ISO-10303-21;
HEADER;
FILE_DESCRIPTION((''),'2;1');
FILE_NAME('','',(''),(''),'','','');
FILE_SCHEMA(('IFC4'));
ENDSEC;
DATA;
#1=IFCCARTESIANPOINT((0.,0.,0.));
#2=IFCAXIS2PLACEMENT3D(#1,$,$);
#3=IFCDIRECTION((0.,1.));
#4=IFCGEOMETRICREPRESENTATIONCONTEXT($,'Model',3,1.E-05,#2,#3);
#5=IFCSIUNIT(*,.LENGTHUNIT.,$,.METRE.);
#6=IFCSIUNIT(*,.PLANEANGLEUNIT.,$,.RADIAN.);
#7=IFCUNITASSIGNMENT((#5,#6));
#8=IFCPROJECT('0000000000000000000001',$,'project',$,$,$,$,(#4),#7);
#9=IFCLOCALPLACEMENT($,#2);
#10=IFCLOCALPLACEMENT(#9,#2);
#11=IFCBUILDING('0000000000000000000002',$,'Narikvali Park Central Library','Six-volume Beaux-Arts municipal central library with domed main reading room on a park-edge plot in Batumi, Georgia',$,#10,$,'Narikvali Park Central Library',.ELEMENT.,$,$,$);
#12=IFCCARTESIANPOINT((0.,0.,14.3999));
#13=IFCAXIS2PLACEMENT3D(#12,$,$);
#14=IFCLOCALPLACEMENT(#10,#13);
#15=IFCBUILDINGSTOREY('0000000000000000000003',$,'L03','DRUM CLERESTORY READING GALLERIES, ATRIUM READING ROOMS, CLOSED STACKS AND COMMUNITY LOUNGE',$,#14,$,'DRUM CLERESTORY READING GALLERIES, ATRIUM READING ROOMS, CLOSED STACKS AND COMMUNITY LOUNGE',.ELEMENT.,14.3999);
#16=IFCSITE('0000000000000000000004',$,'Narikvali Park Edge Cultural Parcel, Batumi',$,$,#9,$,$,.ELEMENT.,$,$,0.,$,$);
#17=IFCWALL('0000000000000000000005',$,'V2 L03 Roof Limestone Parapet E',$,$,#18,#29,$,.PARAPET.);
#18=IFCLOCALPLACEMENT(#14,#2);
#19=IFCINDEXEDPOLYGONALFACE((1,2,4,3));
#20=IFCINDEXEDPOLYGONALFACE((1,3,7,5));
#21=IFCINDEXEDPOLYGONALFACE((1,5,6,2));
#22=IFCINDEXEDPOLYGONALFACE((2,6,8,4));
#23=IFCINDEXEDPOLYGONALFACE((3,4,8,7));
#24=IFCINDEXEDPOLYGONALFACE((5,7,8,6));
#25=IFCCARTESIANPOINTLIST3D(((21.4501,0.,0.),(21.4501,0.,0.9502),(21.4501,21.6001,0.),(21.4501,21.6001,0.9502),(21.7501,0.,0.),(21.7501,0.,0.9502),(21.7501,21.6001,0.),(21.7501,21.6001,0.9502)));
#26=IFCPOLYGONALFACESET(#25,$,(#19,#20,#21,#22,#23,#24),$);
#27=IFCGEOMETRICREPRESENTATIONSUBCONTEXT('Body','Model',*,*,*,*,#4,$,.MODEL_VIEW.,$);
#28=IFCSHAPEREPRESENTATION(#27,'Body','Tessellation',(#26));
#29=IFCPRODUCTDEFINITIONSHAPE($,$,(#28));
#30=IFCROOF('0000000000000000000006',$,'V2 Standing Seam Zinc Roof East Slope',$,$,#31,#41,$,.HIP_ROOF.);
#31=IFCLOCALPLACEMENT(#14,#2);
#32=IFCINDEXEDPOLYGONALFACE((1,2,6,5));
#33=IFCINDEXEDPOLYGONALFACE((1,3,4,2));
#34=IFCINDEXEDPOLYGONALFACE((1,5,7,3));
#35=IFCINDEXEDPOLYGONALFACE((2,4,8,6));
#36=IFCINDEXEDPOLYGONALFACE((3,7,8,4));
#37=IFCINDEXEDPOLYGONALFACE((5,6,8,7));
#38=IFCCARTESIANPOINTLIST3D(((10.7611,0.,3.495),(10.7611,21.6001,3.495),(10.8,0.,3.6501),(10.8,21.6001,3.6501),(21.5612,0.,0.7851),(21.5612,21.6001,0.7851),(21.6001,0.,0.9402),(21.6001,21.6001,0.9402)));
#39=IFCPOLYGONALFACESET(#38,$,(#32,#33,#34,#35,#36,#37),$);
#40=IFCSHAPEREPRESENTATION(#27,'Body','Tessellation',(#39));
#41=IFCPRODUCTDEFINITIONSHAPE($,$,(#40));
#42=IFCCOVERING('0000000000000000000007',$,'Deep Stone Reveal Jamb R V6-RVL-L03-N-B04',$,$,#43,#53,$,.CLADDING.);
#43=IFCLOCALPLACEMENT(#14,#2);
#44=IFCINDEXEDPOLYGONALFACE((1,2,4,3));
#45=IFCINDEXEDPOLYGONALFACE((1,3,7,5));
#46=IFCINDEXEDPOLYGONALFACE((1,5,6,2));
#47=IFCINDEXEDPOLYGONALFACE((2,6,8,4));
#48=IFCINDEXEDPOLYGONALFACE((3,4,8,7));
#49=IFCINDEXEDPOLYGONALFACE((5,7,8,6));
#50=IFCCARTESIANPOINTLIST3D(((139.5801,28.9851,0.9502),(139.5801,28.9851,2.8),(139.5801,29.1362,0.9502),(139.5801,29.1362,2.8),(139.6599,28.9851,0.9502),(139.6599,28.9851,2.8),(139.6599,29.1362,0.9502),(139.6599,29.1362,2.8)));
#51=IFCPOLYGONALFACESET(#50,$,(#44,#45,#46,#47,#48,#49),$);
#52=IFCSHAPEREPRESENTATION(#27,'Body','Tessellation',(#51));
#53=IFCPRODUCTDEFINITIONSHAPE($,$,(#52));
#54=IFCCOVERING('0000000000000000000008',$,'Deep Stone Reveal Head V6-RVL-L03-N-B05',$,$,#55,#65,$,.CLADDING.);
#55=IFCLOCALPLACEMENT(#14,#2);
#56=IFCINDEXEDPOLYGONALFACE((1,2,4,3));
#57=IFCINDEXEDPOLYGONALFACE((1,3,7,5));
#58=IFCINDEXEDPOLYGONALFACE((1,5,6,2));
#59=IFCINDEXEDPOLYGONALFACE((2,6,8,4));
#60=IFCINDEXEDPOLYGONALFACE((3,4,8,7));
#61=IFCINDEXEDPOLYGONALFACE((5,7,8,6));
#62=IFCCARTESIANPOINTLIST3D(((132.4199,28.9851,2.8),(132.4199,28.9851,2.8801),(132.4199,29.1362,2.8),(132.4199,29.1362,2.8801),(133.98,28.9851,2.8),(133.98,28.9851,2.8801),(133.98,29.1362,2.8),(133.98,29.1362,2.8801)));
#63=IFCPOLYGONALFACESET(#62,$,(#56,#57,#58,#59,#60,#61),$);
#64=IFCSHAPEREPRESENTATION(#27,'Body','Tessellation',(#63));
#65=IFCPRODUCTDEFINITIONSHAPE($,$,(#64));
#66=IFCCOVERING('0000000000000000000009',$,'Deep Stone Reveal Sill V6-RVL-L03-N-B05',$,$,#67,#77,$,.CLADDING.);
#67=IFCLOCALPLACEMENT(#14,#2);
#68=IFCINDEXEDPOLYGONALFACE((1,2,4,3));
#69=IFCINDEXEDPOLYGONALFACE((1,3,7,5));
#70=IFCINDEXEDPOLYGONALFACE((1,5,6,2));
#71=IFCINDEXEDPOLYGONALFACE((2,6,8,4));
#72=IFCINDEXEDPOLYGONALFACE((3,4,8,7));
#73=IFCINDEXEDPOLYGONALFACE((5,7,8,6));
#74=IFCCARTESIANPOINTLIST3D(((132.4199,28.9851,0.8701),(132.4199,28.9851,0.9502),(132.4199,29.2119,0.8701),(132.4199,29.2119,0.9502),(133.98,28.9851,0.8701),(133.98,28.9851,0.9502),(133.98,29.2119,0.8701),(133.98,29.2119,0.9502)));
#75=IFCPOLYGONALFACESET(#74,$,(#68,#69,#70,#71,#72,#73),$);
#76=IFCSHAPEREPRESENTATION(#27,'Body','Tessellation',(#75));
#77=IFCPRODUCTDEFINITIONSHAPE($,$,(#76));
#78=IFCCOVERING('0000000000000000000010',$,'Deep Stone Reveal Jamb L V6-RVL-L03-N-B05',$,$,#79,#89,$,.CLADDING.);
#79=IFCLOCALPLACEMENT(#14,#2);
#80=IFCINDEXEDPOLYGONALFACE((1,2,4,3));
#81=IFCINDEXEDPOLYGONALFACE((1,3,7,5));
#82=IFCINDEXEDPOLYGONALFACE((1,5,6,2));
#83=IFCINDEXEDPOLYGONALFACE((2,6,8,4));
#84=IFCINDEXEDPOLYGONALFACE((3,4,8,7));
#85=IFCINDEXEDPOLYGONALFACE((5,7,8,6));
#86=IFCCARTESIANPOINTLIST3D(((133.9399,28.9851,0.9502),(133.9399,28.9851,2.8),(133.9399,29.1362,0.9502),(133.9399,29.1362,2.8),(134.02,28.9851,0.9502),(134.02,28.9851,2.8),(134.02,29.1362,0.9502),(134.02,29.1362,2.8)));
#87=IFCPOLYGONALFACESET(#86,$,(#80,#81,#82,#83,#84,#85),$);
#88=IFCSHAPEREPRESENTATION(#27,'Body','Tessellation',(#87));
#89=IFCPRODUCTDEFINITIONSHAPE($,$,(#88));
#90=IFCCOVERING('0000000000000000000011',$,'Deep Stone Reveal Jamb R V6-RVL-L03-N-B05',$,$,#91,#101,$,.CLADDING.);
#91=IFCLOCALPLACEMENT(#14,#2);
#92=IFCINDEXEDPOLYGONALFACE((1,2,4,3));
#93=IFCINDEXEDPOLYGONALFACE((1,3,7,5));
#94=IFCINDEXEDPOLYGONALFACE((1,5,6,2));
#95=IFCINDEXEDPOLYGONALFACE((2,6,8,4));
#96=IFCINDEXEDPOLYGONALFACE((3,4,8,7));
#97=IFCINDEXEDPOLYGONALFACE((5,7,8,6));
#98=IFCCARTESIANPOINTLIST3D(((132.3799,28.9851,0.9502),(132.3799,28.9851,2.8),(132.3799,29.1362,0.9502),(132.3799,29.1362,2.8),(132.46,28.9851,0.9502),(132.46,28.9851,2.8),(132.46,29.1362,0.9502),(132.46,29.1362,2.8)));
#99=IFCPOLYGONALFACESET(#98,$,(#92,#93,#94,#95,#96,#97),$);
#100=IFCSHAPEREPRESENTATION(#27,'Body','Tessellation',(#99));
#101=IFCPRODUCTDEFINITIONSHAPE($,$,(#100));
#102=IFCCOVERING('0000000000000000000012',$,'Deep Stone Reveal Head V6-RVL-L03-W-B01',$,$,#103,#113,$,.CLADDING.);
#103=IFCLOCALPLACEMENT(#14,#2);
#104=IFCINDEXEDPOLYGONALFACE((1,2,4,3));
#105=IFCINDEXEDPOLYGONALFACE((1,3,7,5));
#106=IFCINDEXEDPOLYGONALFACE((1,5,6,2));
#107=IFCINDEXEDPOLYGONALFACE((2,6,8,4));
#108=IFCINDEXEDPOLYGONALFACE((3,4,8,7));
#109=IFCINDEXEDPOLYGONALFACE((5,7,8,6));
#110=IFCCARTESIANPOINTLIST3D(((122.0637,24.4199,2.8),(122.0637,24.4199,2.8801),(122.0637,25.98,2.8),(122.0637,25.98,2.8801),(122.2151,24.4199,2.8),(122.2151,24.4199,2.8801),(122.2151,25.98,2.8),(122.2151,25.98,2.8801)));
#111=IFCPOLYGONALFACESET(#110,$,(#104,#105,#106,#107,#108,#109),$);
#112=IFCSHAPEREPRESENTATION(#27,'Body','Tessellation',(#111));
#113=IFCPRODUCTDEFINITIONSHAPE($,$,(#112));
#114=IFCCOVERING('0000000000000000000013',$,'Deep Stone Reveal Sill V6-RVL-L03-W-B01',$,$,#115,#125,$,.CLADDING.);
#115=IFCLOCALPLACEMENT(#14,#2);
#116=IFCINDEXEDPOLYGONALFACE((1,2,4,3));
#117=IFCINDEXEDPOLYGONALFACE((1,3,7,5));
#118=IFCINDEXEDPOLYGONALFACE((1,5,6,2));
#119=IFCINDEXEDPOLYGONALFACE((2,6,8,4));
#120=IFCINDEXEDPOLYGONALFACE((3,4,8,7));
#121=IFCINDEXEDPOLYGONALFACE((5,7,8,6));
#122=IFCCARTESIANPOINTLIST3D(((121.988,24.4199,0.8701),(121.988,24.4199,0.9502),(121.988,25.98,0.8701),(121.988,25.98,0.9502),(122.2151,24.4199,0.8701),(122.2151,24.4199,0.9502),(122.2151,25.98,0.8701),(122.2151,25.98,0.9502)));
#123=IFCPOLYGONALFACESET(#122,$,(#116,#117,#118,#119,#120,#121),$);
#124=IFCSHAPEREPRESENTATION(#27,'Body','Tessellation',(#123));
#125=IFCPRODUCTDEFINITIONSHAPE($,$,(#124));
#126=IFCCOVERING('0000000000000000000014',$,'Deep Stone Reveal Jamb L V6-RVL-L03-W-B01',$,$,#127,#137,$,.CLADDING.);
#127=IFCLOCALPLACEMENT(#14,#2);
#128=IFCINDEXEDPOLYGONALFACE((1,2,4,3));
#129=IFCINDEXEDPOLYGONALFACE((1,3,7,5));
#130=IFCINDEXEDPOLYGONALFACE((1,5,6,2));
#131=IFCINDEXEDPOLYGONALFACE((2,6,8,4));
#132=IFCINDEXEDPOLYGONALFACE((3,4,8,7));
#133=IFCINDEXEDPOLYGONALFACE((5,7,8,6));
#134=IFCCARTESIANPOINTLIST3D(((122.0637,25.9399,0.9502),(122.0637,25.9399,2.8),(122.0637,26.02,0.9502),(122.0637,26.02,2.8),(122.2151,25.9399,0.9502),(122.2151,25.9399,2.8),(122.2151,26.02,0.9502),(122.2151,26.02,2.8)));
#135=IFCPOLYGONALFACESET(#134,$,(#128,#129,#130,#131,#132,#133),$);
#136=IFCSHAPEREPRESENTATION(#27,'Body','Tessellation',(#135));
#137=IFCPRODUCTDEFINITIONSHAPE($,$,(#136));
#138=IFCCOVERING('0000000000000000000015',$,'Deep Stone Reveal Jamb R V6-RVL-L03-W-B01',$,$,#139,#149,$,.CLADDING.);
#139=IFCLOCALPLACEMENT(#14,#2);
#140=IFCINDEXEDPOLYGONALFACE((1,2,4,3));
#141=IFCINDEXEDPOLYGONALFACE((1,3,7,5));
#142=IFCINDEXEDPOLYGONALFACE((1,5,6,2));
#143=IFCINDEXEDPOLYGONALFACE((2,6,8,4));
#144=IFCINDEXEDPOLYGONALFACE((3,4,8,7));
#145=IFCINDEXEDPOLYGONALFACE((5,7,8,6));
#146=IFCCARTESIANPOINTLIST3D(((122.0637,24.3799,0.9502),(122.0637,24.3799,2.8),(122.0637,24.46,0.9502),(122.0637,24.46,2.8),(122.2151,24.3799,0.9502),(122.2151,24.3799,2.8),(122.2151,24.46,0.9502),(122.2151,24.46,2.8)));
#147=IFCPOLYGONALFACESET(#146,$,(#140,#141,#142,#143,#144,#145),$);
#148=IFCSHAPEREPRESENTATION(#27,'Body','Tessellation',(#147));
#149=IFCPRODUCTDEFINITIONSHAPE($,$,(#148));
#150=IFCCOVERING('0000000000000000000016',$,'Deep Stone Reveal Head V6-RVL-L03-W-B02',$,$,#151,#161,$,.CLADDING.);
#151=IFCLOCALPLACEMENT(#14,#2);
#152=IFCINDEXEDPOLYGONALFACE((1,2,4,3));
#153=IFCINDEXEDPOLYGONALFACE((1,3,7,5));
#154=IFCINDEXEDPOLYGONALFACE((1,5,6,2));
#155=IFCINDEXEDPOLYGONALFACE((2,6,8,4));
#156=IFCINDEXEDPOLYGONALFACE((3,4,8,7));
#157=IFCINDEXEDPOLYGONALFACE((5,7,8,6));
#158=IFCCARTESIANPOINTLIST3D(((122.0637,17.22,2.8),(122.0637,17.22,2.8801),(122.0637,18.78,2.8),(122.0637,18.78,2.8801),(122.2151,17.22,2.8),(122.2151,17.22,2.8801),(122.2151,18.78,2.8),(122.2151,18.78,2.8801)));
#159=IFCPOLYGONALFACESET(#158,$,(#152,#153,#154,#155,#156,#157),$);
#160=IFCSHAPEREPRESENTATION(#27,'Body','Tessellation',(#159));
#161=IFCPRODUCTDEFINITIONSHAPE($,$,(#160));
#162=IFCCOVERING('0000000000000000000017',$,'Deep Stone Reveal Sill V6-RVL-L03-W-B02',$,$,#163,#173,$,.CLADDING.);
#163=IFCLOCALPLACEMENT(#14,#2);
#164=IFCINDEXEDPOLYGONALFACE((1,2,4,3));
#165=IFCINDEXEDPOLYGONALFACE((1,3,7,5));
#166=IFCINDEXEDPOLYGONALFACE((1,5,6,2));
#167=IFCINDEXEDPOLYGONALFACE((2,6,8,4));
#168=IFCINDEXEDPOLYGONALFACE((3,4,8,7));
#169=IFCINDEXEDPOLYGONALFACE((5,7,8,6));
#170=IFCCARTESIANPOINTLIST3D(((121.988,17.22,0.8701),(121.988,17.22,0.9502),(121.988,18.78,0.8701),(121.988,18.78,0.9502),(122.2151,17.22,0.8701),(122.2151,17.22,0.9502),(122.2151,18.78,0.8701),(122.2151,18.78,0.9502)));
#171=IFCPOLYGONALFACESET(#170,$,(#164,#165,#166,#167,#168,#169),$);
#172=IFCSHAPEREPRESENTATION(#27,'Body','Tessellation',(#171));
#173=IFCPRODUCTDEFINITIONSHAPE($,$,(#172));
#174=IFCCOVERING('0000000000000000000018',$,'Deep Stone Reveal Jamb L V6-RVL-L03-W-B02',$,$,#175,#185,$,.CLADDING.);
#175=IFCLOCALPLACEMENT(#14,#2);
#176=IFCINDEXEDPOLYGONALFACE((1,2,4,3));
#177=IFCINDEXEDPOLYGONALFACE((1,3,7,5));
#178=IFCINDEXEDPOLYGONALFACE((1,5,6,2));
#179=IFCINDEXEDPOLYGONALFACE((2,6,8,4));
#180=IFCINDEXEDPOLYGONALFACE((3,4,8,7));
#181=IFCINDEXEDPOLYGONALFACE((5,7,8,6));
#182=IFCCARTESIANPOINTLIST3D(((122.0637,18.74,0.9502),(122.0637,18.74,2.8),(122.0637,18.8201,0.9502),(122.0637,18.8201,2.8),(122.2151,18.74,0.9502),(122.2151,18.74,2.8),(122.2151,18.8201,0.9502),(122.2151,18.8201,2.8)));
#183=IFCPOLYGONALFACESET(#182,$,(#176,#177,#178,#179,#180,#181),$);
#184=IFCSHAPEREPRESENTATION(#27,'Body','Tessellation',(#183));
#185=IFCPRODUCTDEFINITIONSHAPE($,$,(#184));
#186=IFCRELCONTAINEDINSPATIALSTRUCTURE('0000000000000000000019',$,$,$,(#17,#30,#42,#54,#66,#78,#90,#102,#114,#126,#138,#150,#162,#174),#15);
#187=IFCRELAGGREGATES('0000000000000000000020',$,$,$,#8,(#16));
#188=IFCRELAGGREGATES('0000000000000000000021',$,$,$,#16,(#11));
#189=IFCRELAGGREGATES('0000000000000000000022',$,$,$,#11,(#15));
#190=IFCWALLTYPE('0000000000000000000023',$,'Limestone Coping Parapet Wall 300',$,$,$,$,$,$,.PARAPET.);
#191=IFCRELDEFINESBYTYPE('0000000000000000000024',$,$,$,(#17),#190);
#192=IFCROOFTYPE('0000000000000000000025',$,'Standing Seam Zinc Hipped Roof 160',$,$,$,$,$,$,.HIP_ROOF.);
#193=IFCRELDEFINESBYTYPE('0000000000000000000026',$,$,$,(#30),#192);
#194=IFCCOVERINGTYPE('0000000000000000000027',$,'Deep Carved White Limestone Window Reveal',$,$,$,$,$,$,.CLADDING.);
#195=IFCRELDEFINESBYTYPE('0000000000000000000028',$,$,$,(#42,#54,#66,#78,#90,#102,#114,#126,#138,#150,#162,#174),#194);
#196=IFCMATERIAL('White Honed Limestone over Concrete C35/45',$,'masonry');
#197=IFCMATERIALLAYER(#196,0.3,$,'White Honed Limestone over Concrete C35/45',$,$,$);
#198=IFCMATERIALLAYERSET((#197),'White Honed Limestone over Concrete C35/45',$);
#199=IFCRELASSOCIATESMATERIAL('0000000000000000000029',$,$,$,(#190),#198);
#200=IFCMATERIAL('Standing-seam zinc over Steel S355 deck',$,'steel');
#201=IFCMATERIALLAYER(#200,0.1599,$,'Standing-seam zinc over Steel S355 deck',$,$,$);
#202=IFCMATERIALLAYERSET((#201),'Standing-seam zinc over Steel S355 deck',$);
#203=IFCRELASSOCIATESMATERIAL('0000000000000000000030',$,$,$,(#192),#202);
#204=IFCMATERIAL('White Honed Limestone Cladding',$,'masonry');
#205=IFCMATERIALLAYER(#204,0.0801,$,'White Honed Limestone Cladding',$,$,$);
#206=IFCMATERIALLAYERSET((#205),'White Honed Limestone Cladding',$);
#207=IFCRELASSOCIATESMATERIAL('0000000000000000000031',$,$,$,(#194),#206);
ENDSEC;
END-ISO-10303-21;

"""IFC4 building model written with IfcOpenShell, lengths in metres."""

from ifc_helpers import new_model, si_unit, direction, frame, frame_2d, origin, place, context, subcontext, project, spatial, polyline, rectangle, outline, extrude, material, layer, layer_set, type_object, element, save


model = new_model("IFC4")

# Units and contexts
model_context = context("Model", 3, precision=1e-05, world=origin(), true_north=direction((0.0, 1.0)))
body_context = subcontext(model_context, "Body", "Model", "MODEL_VIEW")
ifc_project = project(units=[si_unit("LENGTHUNIT", "METRE"), si_unit("PLANEANGLEUNIT", "RADIAN")], contexts=[model_context])

# Site, building, storey
site_placement = place(None, origin())
site = spatial("IfcSite", under=ifc_project, at=site_placement, Name="Narikvali Park Edge Cultural Parcel, Batumi", CompositionType="ELEMENT", RefElevation=0.0)
building_placement = place(site_placement, origin())
building = spatial("IfcBuilding", under=site, at=building_placement, Name="Narikvali Park Central Library", Description="Six-volume Beaux-Arts municipal central library with domed main reading room on a park-edge plot in Batumi, Georgia", LongName="Narikvali Park Central Library", CompositionType="ELEMENT")
storey_placement = place(building_placement, frame((0.0, 0.0, 14.3999)))
storey = spatial("IfcBuildingStorey", under=building, at=storey_placement, Name="L03", Description="DRUM CLERESTORY READING GALLERIES, ATRIUM READING ROOMS, CLOSED STACKS AND COMMUNITY LOUNGE", LongName="DRUM CLERESTORY READING GALLERIES, ATRIUM READING ROOMS, CLOSED STACKS AND COMMUNITY LOUNGE", CompositionType="ELEMENT", Elevation=14.3999)

# Wall
ifc_material_1 = material(Name="White Honed Limestone over Concrete C35/45", Category="masonry")
ifc_layer_1 = layer(ifc_material_1, 0.3, Name="White Honed Limestone over Concrete C35/45")
ifc_layer_set_1 = layer_set([ifc_layer_1], Name="White Honed Limestone over Concrete C35/45")
wall_type = type_object("IfcWallType", Name="Limestone Coping Parapet Wall 300", PredefinedType="PARAPET", material=ifc_layer_set_1)
wall_placement = place(storey_placement, frame((21.6001, 0.0, 0.0), z_axis=(0.0, 0.0, 1.0), x_axis=(0.0, 1.0, 0.0)))
element("IfcWall", 1, at=wall_placement, inside=storey, type_object=wall_type, Name="V2 L03 Roof Limestone Parapet E", PredefinedType="PARAPET", context=body_context, shape_type="SweptSolid", body=[
    extrude(rectangle(XDim=21.6001, YDim=0.3, at=frame_2d((10.8, 0.0))), origin(), (0.0, 0.0, 1.0), 0.9502),
])

# Roof
ifc_material_2 = material(Name="Standing-seam zinc over Steel S355 deck", Category="steel")
ifc_layer_2 = layer(ifc_material_2, 0.1599, Name="Standing-seam zinc over Steel S355 deck")
ifc_layer_set_2 = layer_set([ifc_layer_2], Name="Standing-seam zinc over Steel S355 deck")
roof_type = type_object("IfcRoofType", Name="Standing Seam Zinc Hipped Roof 160", PredefinedType="HIP_ROOF", material=ifc_layer_set_2)
roof_placement = place(storey_placement, frame((10.8, 0.0, 3.6501), z_axis=(0.243376, 0.0, 0.969932), x_axis=(0.969932, 0.0, -0.243376)))
element("IfcRoof", 2, at=roof_placement, inside=storey, type_object=roof_type, Name="V2 Standing Seam Zinc Roof East Slope", PredefinedType="HIP_ROOF", context=body_context, shape_type="SweptSolid", body=[
    extrude(outline(polyline([(0.0, 0.0), (11.1349, 0.0), (11.1349, 21.6001), (0.0, 21.6001), (0.0, 0.0)])), origin(), (0.0, 0.0, -1.0), 0.1599),
])

# Coverings
ifc_material_3 = material(Name="White Honed Limestone Cladding", Category="masonry")
ifc_layer_3 = layer(ifc_material_3, 0.0801, Name="White Honed Limestone Cladding")
ifc_layer_set_3 = layer_set([ifc_layer_3], Name="White Honed Limestone Cladding")
covering_type = type_object("IfcCoveringType", Name="Deep Carved White Limestone Window Reveal", PredefinedType="CLADDING", material=ifc_layer_set_3)
covering_1_placement = place(storey_placement, frame((0.0, 0.0, 0.9502)))
element("IfcCovering", 3, at=covering_1_placement, inside=storey, type_object=covering_type, Name="Deep Stone Reveal Jamb R V6-RVL-L03-N-B04", PredefinedType="CLADDING", context=body_context, shape_type="SweptSolid", body=[
    extrude(outline(polyline([(139.6599, 28.9851), (139.5801, 28.9851), (139.5801, 29.1362), (139.6599, 29.1362), (139.6599, 28.9851)])), origin(), (0.0, 0.0, 1.0), 1.8499),
])
covering_2_placement = place(storey_placement, frame((0.0, 0.0, 2.8)))
element("IfcCovering", 4, at=covering_2_placement, inside=storey, type_object=covering_type, Name="Deep Stone Reveal Head V6-RVL-L03-N-B05", PredefinedType="CLADDING", context=body_context, shape_type="SweptSolid", body=[
    extrude(outline(polyline([(133.98, 28.9851), (132.4199, 28.9851), (132.4199, 29.1362), (133.98, 29.1362), (133.98, 28.9851)])), origin(), (0.0, 0.0, 1.0), 0.0801),
])
covering_3_placement = place(storey_placement, frame((0.0, 0.0, 0.8701)))
element("IfcCovering", 5, at=covering_3_placement, inside=storey, type_object=covering_type, Name="Deep Stone Reveal Sill V6-RVL-L03-N-B05", PredefinedType="CLADDING", context=body_context, shape_type="SweptSolid", body=[
    extrude(outline(polyline([(133.98, 28.9851), (132.4199, 28.9851), (132.4199, 29.2119), (133.98, 29.2119), (133.98, 28.9851)])), origin(), (0.0, 0.0, 1.0), 0.0801),
])
covering_4_placement = place(storey_placement, frame((0.0, 0.0, 0.9502)))
element("IfcCovering", 6, at=covering_4_placement, inside=storey, type_object=covering_type, Name="Deep Stone Reveal Jamb L V6-RVL-L03-N-B05", PredefinedType="CLADDING", context=body_context, shape_type="SweptSolid", body=[
    extrude(outline(polyline([(134.02, 28.9851), (133.9399, 28.9851), (133.9399, 29.1362), (134.02, 29.1362), (134.02, 28.9851)])), origin(), (0.0, 0.0, 1.0), 1.8499),
])
covering_5_placement = place(storey_placement, frame((0.0, 0.0, 0.9502)))
element("IfcCovering", 7, at=covering_5_placement, inside=storey, type_object=covering_type, Name="Deep Stone Reveal Jamb R V6-RVL-L03-N-B05", PredefinedType="CLADDING", context=body_context, shape_type="SweptSolid", body=[
    extrude(outline(polyline([(132.46, 28.9851), (132.3799, 28.9851), (132.3799, 29.1362), (132.46, 29.1362), (132.46, 28.9851)])), origin(), (0.0, 0.0, 1.0), 1.8499),
])
covering_6_placement = place(storey_placement, frame((0.0, 0.0, 2.8)))
element("IfcCovering", 8, at=covering_6_placement, inside=storey, type_object=covering_type, Name="Deep Stone Reveal Head V6-RVL-L03-W-B01", PredefinedType="CLADDING", context=body_context, shape_type="SweptSolid", body=[
    extrude(outline(polyline([(122.2151, 25.98), (122.2151, 24.4199), (122.0637, 24.4199), (122.0637, 25.98), (122.2151, 25.98)])), origin(), (0.0, 0.0, 1.0), 0.0801),
])
covering_7_placement = place(storey_placement, frame((0.0, 0.0, 0.8701)))
element("IfcCovering", 9, at=covering_7_placement, inside=storey, type_object=covering_type, Name="Deep Stone Reveal Sill V6-RVL-L03-W-B01", PredefinedType="CLADDING", context=body_context, shape_type="SweptSolid", body=[
    extrude(outline(polyline([(122.2151, 25.98), (122.2151, 24.4199), (121.988, 24.4199), (121.988, 25.98), (122.2151, 25.98)])), origin(), (0.0, 0.0, 1.0), 0.0801),
])
covering_8_placement = place(storey_placement, frame((0.0, 0.0, 0.9502)))
element("IfcCovering", 10, at=covering_8_placement, inside=storey, type_object=covering_type, Name="Deep Stone Reveal Jamb L V6-RVL-L03-W-B01", PredefinedType="CLADDING", context=body_context, shape_type="SweptSolid", body=[
    extrude(outline(polyline([(122.2151, 26.02), (122.2151, 25.9399), (122.0637, 25.9399), (122.0637, 26.02), (122.2151, 26.02)])), origin(), (0.0, 0.0, 1.0), 1.8499),
])
covering_9_placement = place(storey_placement, frame((0.0, 0.0, 0.9502)))
element("IfcCovering", 11, at=covering_9_placement, inside=storey, type_object=covering_type, Name="Deep Stone Reveal Jamb R V6-RVL-L03-W-B01", PredefinedType="CLADDING", context=body_context, shape_type="SweptSolid", body=[
    extrude(outline(polyline([(122.2151, 24.46), (122.2151, 24.3799), (122.0637, 24.3799), (122.0637, 24.46), (122.2151, 24.46)])), origin(), (0.0, 0.0, 1.0), 1.8499),
])
covering_10_placement = place(storey_placement, frame((0.0, 0.0, 2.8)))
element("IfcCovering", 12, at=covering_10_placement, inside=storey, type_object=covering_type, Name="Deep Stone Reveal Head V6-RVL-L03-W-B02", PredefinedType="CLADDING", context=body_context, shape_type="SweptSolid", body=[
    extrude(outline(polyline([(122.2151, 18.78), (122.2151, 17.22), (122.0637, 17.22), (122.0637, 18.78), (122.2151, 18.78)])), origin(), (0.0, 0.0, 1.0), 0.0801),
])
covering_11_placement = place(storey_placement, frame((0.0, 0.0, 0.8701)))
element("IfcCovering", 13, at=covering_11_placement, inside=storey, type_object=covering_type, Name="Deep Stone Reveal Sill V6-RVL-L03-W-B02", PredefinedType="CLADDING", context=body_context, shape_type="SweptSolid", body=[
    extrude(outline(polyline([(122.2151, 18.78), (122.2151, 17.22), (121.988, 17.22), (121.988, 18.78), (122.2151, 18.78)])), origin(), (0.0, 0.0, 1.0), 0.0801),
])
covering_12_placement = place(storey_placement, frame((0.0, 0.0, 0.9502)))
element("IfcCovering", 14, at=covering_12_placement, inside=storey, type_object=covering_type, Name="Deep Stone Reveal Jamb L V6-RVL-L03-W-B02", PredefinedType="CLADDING", context=body_context, shape_type="SweptSolid", body=[
    extrude(outline(polyline([(122.2151, 18.8201), (122.2151, 18.74), (122.0637, 18.74), (122.0637, 18.8201), (122.2151, 18.8201)])), origin(), (0.0, 0.0, 1.0), 1.8499),
])

save(model, "model.ifc")
